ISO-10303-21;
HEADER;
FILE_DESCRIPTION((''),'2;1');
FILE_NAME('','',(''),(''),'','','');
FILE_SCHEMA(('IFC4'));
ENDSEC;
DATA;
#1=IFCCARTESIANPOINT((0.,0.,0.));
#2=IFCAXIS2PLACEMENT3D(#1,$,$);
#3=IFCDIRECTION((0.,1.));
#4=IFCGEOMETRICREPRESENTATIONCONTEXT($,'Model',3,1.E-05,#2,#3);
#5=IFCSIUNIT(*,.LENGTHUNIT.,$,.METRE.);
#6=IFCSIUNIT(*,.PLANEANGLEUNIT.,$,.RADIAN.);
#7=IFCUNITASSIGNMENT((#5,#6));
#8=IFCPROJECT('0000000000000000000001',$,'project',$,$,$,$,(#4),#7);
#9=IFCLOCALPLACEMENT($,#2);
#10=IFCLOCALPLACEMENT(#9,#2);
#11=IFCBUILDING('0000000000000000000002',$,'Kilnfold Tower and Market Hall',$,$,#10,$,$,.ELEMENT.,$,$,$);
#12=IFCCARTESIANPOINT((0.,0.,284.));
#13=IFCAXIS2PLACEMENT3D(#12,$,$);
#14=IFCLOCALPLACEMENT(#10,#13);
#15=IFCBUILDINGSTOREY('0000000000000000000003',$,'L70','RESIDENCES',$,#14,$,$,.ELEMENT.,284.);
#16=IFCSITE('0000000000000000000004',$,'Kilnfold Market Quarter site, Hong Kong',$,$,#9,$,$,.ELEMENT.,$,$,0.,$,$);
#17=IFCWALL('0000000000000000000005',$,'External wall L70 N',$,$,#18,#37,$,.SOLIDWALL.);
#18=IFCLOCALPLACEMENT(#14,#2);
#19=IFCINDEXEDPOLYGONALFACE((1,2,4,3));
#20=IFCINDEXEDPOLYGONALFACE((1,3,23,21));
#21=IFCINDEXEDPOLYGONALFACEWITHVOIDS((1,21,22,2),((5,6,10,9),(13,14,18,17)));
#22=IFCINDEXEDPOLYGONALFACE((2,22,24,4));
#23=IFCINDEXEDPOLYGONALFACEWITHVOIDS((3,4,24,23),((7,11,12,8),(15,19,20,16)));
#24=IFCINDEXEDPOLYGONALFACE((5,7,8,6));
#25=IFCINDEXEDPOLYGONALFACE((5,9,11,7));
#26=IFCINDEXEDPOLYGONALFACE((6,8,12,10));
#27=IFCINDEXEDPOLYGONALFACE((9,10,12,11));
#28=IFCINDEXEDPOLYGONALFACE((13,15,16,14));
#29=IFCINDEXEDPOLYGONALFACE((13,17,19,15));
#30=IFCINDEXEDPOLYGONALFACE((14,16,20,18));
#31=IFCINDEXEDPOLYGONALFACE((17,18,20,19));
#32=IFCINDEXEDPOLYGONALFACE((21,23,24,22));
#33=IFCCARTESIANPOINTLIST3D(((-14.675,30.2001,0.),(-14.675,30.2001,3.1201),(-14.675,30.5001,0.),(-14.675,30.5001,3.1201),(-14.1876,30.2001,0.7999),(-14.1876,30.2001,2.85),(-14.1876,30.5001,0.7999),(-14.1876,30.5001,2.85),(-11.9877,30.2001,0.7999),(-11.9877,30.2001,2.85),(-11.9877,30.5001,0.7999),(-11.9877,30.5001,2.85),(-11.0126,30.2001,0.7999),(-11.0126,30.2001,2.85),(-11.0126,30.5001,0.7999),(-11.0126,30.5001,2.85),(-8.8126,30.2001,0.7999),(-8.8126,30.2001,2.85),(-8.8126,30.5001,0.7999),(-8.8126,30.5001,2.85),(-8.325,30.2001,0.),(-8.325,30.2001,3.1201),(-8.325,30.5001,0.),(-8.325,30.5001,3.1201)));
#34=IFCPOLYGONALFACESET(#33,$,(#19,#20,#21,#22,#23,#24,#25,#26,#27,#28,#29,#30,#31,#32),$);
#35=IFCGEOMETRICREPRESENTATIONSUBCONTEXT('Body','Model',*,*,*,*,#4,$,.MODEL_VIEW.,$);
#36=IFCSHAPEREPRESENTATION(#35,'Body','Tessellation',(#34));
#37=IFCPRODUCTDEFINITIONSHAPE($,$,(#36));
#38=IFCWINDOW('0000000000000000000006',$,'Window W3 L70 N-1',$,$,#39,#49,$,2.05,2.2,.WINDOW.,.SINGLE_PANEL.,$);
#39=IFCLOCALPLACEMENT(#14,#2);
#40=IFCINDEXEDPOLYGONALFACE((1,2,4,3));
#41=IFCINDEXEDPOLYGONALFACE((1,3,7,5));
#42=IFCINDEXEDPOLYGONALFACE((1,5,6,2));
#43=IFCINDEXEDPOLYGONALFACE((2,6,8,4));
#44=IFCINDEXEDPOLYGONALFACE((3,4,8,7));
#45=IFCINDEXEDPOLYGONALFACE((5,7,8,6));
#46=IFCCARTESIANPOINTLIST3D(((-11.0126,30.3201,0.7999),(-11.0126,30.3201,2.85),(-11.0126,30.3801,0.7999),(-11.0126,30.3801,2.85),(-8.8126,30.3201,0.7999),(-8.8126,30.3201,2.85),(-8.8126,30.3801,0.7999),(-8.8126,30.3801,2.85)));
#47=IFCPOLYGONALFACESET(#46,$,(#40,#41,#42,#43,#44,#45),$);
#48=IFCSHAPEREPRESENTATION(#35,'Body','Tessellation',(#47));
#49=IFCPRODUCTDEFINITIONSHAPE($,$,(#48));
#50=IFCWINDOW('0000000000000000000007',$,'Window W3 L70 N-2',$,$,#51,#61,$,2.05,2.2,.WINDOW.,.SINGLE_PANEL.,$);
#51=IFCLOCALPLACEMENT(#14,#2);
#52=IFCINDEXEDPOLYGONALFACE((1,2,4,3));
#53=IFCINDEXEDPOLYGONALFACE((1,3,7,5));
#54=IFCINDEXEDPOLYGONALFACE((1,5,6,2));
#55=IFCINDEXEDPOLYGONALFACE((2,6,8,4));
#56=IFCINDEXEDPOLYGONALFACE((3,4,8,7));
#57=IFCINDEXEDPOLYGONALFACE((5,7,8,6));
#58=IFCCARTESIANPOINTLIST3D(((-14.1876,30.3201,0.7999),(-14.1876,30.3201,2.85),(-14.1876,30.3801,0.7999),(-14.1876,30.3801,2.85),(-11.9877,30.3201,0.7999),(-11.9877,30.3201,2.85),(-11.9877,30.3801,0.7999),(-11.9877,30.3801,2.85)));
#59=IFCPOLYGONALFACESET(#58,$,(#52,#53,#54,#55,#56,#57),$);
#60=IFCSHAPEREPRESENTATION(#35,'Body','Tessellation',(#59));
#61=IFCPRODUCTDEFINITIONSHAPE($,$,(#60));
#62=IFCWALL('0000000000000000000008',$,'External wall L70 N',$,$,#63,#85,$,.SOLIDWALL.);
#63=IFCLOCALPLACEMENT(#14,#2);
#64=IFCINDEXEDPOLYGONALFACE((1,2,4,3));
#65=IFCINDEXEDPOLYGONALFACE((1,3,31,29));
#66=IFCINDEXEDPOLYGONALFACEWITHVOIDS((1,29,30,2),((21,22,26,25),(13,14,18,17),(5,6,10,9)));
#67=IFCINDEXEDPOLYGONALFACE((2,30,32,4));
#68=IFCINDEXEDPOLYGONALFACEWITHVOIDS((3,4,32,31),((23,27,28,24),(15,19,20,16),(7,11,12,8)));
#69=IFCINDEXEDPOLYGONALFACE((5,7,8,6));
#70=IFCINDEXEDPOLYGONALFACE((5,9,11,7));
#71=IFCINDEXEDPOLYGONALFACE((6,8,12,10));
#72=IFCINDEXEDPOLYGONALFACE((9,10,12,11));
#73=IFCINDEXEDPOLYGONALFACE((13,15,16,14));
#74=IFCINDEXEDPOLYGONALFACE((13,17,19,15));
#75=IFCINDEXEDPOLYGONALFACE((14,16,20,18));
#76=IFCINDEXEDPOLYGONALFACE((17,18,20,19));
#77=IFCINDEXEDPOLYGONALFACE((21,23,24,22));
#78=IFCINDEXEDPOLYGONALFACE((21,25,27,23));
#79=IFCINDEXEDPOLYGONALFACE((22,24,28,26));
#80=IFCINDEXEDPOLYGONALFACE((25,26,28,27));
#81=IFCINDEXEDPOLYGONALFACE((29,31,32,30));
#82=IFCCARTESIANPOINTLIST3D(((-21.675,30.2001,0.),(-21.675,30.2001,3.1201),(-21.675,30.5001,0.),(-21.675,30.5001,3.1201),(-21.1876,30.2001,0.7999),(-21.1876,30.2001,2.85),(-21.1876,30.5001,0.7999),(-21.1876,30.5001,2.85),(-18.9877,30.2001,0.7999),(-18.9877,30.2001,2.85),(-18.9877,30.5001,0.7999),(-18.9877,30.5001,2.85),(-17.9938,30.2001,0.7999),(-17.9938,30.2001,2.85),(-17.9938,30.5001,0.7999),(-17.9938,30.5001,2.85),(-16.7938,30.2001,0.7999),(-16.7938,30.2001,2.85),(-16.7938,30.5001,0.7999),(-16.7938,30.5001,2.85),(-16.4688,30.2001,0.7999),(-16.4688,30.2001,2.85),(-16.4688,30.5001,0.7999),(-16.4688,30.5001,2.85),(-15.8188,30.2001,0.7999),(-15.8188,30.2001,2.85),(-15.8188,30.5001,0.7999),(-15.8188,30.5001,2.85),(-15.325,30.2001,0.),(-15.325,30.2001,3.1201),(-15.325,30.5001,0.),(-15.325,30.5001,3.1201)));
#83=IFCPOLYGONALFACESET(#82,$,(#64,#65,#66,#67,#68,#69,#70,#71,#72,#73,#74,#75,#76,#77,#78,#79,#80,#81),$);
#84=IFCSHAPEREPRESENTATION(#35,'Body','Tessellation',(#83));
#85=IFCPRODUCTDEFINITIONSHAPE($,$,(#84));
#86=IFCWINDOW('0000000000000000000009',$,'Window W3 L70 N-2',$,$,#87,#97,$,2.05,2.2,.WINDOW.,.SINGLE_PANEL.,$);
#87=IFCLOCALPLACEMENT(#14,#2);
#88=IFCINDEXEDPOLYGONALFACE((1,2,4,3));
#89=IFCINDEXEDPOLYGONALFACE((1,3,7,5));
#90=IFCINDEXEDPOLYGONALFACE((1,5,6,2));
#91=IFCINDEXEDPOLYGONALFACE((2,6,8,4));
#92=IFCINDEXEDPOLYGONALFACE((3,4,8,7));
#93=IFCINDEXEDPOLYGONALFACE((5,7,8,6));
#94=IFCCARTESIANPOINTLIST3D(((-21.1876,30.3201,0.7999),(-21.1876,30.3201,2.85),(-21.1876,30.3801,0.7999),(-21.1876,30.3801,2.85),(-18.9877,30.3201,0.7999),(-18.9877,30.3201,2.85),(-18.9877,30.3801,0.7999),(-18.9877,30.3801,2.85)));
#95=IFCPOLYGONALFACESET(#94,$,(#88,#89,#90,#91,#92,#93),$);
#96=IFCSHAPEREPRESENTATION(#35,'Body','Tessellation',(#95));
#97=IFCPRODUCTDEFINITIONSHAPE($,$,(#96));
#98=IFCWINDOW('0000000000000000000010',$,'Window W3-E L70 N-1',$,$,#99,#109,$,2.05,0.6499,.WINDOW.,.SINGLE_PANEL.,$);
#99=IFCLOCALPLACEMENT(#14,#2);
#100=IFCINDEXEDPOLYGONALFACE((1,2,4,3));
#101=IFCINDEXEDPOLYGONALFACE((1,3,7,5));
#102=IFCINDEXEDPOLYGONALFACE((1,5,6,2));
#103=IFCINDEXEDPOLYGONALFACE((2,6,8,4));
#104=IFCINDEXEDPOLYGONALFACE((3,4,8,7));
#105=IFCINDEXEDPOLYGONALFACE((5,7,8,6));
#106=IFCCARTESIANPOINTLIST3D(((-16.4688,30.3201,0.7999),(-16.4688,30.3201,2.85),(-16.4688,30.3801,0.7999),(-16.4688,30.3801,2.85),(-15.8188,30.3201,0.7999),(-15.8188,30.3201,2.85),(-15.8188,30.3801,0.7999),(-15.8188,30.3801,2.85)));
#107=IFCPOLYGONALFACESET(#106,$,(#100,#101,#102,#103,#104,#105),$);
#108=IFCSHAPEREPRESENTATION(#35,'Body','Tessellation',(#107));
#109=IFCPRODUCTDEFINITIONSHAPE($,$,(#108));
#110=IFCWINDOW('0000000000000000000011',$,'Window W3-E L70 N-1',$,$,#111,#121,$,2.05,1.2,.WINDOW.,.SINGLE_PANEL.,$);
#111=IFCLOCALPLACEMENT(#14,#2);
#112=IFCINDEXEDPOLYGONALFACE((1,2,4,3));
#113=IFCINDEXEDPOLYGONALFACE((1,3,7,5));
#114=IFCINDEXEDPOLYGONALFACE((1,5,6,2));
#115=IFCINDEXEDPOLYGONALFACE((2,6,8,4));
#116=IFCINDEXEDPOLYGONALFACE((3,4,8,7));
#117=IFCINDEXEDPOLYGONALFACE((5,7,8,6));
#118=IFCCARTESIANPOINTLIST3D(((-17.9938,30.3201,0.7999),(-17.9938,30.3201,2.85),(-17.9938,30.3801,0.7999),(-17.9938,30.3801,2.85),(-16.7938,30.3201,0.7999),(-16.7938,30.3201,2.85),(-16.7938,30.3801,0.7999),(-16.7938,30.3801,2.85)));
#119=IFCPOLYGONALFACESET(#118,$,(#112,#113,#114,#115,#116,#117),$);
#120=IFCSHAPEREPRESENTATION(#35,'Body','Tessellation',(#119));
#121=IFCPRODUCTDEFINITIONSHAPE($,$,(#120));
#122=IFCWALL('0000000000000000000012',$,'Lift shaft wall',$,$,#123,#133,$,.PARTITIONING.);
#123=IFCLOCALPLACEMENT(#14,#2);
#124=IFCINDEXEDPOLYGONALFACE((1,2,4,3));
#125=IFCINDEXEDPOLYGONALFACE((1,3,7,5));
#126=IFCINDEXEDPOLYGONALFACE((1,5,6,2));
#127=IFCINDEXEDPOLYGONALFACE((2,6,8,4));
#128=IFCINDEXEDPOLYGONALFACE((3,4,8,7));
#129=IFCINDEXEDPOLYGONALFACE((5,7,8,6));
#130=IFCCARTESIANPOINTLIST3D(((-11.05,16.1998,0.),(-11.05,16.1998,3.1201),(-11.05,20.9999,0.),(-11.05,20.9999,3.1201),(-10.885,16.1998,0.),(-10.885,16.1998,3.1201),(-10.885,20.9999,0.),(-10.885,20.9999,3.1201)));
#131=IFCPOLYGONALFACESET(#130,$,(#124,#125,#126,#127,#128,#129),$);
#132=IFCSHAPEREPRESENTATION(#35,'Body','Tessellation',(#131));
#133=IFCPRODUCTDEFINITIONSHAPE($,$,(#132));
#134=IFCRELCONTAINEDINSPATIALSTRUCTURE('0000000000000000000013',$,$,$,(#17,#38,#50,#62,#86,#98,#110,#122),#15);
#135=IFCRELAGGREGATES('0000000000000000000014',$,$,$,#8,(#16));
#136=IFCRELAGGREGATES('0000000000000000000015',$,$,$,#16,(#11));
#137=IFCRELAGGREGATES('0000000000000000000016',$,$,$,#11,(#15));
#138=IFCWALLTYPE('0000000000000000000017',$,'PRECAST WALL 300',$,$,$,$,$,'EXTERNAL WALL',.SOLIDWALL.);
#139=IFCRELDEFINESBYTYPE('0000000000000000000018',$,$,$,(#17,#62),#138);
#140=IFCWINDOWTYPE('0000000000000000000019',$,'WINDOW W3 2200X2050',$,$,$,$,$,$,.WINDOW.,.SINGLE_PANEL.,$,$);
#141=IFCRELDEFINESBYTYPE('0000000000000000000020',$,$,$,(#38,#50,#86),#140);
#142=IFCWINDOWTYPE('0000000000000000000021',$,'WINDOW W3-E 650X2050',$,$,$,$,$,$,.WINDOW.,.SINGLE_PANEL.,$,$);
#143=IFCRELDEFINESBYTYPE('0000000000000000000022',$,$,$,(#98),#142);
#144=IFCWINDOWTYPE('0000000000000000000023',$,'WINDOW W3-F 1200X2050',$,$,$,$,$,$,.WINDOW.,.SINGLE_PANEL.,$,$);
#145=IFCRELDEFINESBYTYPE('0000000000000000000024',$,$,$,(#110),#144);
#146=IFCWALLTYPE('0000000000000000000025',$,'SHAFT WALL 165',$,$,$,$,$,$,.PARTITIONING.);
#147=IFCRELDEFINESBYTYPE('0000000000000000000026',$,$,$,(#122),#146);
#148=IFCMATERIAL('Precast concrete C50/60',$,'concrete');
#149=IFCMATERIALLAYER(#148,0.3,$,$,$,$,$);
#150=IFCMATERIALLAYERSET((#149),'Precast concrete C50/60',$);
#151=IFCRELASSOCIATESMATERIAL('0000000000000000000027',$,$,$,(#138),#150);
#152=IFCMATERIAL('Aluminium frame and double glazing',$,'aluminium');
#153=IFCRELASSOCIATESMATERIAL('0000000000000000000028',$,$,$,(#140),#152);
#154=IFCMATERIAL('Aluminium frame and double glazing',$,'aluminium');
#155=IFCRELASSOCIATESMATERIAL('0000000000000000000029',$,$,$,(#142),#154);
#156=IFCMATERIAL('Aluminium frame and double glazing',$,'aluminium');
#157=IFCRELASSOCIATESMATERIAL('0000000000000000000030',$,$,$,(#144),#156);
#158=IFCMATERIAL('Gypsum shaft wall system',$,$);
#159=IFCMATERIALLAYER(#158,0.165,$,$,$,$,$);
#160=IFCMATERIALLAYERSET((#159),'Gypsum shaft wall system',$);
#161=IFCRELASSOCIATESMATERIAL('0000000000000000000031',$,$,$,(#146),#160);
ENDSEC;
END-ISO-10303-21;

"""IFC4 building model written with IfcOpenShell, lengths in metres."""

from ifc_helpers import new_model, si_unit, direction, frame, frame_2d, origin, place, context, subcontext, project, spatial, rectangle, extrude, source, transform, mapped, material, layer, layer_set, type_object, element, fill, save


model = new_model("IFC4")

# Units and contexts
model_context = context("Model", 3, precision=1e-05, world=origin(), true_north=direction((0.0, 1.0)))
body_context = subcontext(model_context, "Body", "Model", "MODEL_VIEW")
ifc_project = project(units=[si_unit("LENGTHUNIT", "METRE"), si_unit("PLANEANGLEUNIT", "RADIAN")], contexts=[model_context])

# Site, building, storey
site_placement = place(None, origin())
site = spatial("IfcSite", under=ifc_project, at=site_placement, Name="Kilnfold Market Quarter site, Hong Kong", CompositionType="ELEMENT", RefElevation=0.0)
building_placement = place(site_placement, origin())
building = spatial("IfcBuilding", under=site, at=building_placement, Name="Kilnfold Tower and Market Hall", CompositionType="ELEMENT")
storey_placement = place(building_placement, frame((0.0, 0.0, 284.0)))
storey = spatial("IfcBuildingStorey", under=building, at=storey_placement, Name="L70", Description="RESIDENCES", CompositionType="ELEMENT", Elevation=284.0)

# Walls, openings, windows
ifc_material_1 = material(Name="Precast concrete C50/60", Category="concrete")
ifc_layer_1 = layer(ifc_material_1, 0.3)
ifc_layer_set_1 = layer_set([ifc_layer_1], Name="Precast concrete C50/60")
wall_type_1 = type_object("IfcWallType", Name="PRECAST WALL 300", ElementType="EXTERNAL WALL", PredefinedType="SOLIDWALL", material=ifc_layer_set_1)
shared_shape_1 = source(origin(), body_context, "Body", "SweptSolid", [
    extrude(rectangle(XDim=6.3501, YDim=0.3, at=frame_2d((3.175, 0.0))), origin(), (0.0, 0.0, 1.0), 3.1201),
])
wall_1_placement = place(storey_placement, frame((-8.325, 30.3501, 0.0), z_axis=(0.0, 0.0, 1.0), x_axis=(-1.0, 0.0, 0.0)))
wall_1 = element("IfcWall", 1, at=wall_1_placement, inside=storey, type_object=wall_type_1, Name="External wall L70 N", PredefinedType="SOLIDWALL", context=body_context, shape_type="MappedRepresentation", body=[
    mapped(shared_shape_1, transform((0.0, 0.0, 0.0))),
])
opening_1_placement = place(wall_1_placement, frame((0.4875, 0.0, 0.8)))
opening_1 = element("IfcOpeningElement", 2, at=opening_1_placement, cuts=wall_1, PredefinedType="OPENING", context=body_context, shape_type="SweptSolid", body=[
    extrude(rectangle(XDim=2.2, YDim=2.05, at=frame_2d((1.1001, 1.0249))), frame((0.0, 0.1602, 0.0), z_axis=(0.0, -1.0, 0.0), x_axis=(1.0, 0.0, 0.0)), (0.0, 0.0, 1.0), 0.3201),
])
opening_2_placement = place(wall_1_placement, frame((3.6626, 0.0, 0.8)))
opening_2 = element("IfcOpeningElement", 3, at=opening_2_placement, cuts=wall_1, PredefinedType="OPENING", context=body_context, shape_type="SweptSolid", body=[
    extrude(rectangle(XDim=2.2, YDim=2.05, at=frame_2d((1.1001, 1.0249))), frame((0.0, 0.1602, 0.0), z_axis=(0.0, -1.0, 0.0), x_axis=(1.0, 0.0, 0.0)), (0.0, 0.0, 1.0), 0.3201),
])
ifc_material_2 = material(Name="Aluminium frame and double glazing", Category="aluminium")
window_type_1 = type_object("IfcWindowType", Name="WINDOW W3 2200X2050", PartitioningType="SINGLE_PANEL", PredefinedType="WINDOW", material=ifc_material_2)
window_1_placement = place(opening_1_placement, origin())
window_1 = element("IfcWindow", 4, at=window_1_placement, inside=storey, type_object=window_type_1, Name="Window W3 L70 N-1", OverallHeight=2.05, OverallWidth=2.2, PartitioningType="SINGLE_PANEL", PredefinedType="WINDOW", context=body_context, shape_type="SweptSolid", body=[
    extrude(rectangle(XDim=2.2, YDim=2.05, at=frame_2d((1.1001, 1.0249))), frame((0.0, 0.03, 0.0), z_axis=(0.0, -1.0, 0.0), x_axis=(1.0, 0.0, 0.0)), (0.0, 0.0, 1.0), 0.0601),
])
fill(opening_1, window_1)
window_2_placement = place(opening_2_placement, origin())
window_2 = element("IfcWindow", 5, at=window_2_placement, inside=storey, type_object=window_type_1, Name="Window W3 L70 N-2", OverallHeight=2.05, OverallWidth=2.2, PartitioningType="SINGLE_PANEL", PredefinedType="WINDOW", context=body_context, shape_type="SweptSolid", body=[
    extrude(rectangle(XDim=2.2, YDim=2.05, at=frame_2d((1.1001, 1.0249))), frame((0.0, 0.03, 0.0), z_axis=(0.0, -1.0, 0.0), x_axis=(1.0, 0.0, 0.0)), (0.0, 0.0, 1.0), 0.0601),
])
fill(opening_2, window_2)
wall_2_placement = place(storey_placement, frame((-15.325, 30.3501, 0.0), z_axis=(0.0, 0.0, 1.0), x_axis=(-1.0, 0.0, 0.0)))
wall_2 = element("IfcWall", 6, at=wall_2_placement, inside=storey, type_object=wall_type_1, Name="External wall L70 N", PredefinedType="SOLIDWALL", context=body_context, shape_type="MappedRepresentation", body=[
    mapped(shared_shape_1, transform((0.0, 0.0, 0.0))),
])
opening_3_placement = place(wall_2_placement, frame((0.4939, 0.0, 0.8)))
opening_3 = element("IfcOpeningElement", 7, at=opening_3_placement, cuts=wall_2, PredefinedType="OPENING", context=body_context, shape_type="SweptSolid", body=[
    extrude(rectangle(XDim=0.6499, YDim=2.05, at=frame_2d((0.325, 1.0249))), frame((0.0, 0.1602, 0.0), z_axis=(0.0, -1.0, 0.0), x_axis=(1.0, 0.0, 0.0)), (0.0, 0.0, 1.0), 0.3201),
])
opening_4_placement = place(wall_2_placement, frame((3.6626, 0.0, 0.8)))
opening_4 = element("IfcOpeningElement", 8, at=opening_4_placement, cuts=wall_2, PredefinedType="OPENING", context=body_context, shape_type="SweptSolid", body=[
    extrude(rectangle(XDim=2.2, YDim=2.05, at=frame_2d((1.1001, 1.0249))), frame((0.0, 0.1602, 0.0), z_axis=(0.0, -1.0, 0.0), x_axis=(1.0, 0.0, 0.0)), (0.0, 0.0, 1.0), 0.3201),
])
opening_5_placement = place(wall_2_placement, frame((1.4688, 0.0, 0.8)))
opening_5 = element("IfcOpeningElement", 9, at=opening_5_placement, cuts=wall_2, PredefinedType="OPENING", context=body_context, shape_type="SweptSolid", body=[
    extrude(rectangle(XDim=1.2, YDim=2.05, at=frame_2d((0.6001, 1.0249))), frame((0.0, 0.1602, 0.0), z_axis=(0.0, -1.0, 0.0), x_axis=(1.0, 0.0, 0.0)), (0.0, 0.0, 1.0), 0.3201),
])
window_3_placement = place(opening_4_placement, origin())
window_3 = element("IfcWindow", 10, at=window_3_placement, inside=storey, type_object=window_type_1, Name="Window W3 L70 N-2", OverallHeight=2.05, OverallWidth=2.2, PartitioningType="SINGLE_PANEL", PredefinedType="WINDOW", context=body_context, shape_type="SweptSolid", body=[
    extrude(rectangle(XDim=2.2, YDim=2.05, at=frame_2d((1.1001, 1.0249))), frame((0.0, 0.03, 0.0), z_axis=(0.0, -1.0, 0.0), x_axis=(1.0, 0.0, 0.0)), (0.0, 0.0, 1.0), 0.0601),
])
fill(opening_4, window_3)
ifc_material_3 = material(Name="Aluminium frame and double glazing", Category="aluminium")
window_type_2 = type_object("IfcWindowType", Name="WINDOW W3-E 650X2050", PartitioningType="SINGLE_PANEL", PredefinedType="WINDOW", material=ifc_material_3)
window_4_placement = place(opening_3_placement, origin())
window_4 = element("IfcWindow", 11, at=window_4_placement, inside=storey, type_object=window_type_2, Name="Window W3-E L70 N-1", OverallHeight=2.05, OverallWidth=0.6499, PartitioningType="SINGLE_PANEL", PredefinedType="WINDOW", context=body_context, shape_type="SweptSolid", body=[
    extrude(rectangle(XDim=0.6499, YDim=2.05, at=frame_2d((0.325, 1.0249))), frame((0.0, 0.03, 0.0), z_axis=(0.0, -1.0, 0.0), x_axis=(1.0, 0.0, 0.0)), (0.0, 0.0, 1.0), 0.0601),
])
fill(opening_3, window_4)
ifc_material_4 = material(Name="Aluminium frame and double glazing", Category="aluminium")
window_type_3 = type_object("IfcWindowType", Name="WINDOW W3-F 1200X2050", PartitioningType="SINGLE_PANEL", PredefinedType="WINDOW", material=ifc_material_4)
window_5_placement = place(opening_5_placement, origin())
window_5 = element("IfcWindow", 12, at=window_5_placement, inside=storey, type_object=window_type_3, Name="Window W3-E L70 N-1", OverallHeight=2.05, OverallWidth=1.2, PartitioningType="SINGLE_PANEL", PredefinedType="WINDOW", context=body_context, shape_type="SweptSolid", body=[
    extrude(rectangle(XDim=1.2, YDim=2.05, at=frame_2d((0.6001, 1.0249))), frame((0.0, 0.03, 0.0), z_axis=(0.0, -1.0, 0.0), x_axis=(1.0, 0.0, 0.0)), (0.0, 0.0, 1.0), 0.0601),
])
fill(opening_5, window_5)

# Wall
ifc_material_5 = material(Name="Gypsum shaft wall system")
ifc_layer_2 = layer(ifc_material_5, 0.165)
ifc_layer_set_2 = layer_set([ifc_layer_2], Name="Gypsum shaft wall system")
wall_type_2 = type_object("IfcWallType", Name="SHAFT WALL 165", PredefinedType="PARTITIONING", material=ifc_layer_set_2)
shared_shape_2 = source(origin(), body_context, "Body", "SweptSolid", [
    extrude(rectangle(XDim=4.8, YDim=0.165, at=frame_2d((2.3999, 0.0))), origin(), (0.0, 0.0, 1.0), 3.1201),
])
wall_3_placement = place(storey_placement, frame((-10.9675, 16.2, 0.0), z_axis=(0.0, 0.0, 1.0), x_axis=(0.0, 1.0, 0.0)))
element("IfcWall", 13, at=wall_3_placement, inside=storey, type_object=wall_type_2, Name="Lift shaft wall", PredefinedType="PARTITIONING", context=body_context, shape_type="MappedRepresentation", body=[
    mapped(shared_shape_2, transform((0.0, 0.0, 0.0))),
])

save(model, "model.ifc")
